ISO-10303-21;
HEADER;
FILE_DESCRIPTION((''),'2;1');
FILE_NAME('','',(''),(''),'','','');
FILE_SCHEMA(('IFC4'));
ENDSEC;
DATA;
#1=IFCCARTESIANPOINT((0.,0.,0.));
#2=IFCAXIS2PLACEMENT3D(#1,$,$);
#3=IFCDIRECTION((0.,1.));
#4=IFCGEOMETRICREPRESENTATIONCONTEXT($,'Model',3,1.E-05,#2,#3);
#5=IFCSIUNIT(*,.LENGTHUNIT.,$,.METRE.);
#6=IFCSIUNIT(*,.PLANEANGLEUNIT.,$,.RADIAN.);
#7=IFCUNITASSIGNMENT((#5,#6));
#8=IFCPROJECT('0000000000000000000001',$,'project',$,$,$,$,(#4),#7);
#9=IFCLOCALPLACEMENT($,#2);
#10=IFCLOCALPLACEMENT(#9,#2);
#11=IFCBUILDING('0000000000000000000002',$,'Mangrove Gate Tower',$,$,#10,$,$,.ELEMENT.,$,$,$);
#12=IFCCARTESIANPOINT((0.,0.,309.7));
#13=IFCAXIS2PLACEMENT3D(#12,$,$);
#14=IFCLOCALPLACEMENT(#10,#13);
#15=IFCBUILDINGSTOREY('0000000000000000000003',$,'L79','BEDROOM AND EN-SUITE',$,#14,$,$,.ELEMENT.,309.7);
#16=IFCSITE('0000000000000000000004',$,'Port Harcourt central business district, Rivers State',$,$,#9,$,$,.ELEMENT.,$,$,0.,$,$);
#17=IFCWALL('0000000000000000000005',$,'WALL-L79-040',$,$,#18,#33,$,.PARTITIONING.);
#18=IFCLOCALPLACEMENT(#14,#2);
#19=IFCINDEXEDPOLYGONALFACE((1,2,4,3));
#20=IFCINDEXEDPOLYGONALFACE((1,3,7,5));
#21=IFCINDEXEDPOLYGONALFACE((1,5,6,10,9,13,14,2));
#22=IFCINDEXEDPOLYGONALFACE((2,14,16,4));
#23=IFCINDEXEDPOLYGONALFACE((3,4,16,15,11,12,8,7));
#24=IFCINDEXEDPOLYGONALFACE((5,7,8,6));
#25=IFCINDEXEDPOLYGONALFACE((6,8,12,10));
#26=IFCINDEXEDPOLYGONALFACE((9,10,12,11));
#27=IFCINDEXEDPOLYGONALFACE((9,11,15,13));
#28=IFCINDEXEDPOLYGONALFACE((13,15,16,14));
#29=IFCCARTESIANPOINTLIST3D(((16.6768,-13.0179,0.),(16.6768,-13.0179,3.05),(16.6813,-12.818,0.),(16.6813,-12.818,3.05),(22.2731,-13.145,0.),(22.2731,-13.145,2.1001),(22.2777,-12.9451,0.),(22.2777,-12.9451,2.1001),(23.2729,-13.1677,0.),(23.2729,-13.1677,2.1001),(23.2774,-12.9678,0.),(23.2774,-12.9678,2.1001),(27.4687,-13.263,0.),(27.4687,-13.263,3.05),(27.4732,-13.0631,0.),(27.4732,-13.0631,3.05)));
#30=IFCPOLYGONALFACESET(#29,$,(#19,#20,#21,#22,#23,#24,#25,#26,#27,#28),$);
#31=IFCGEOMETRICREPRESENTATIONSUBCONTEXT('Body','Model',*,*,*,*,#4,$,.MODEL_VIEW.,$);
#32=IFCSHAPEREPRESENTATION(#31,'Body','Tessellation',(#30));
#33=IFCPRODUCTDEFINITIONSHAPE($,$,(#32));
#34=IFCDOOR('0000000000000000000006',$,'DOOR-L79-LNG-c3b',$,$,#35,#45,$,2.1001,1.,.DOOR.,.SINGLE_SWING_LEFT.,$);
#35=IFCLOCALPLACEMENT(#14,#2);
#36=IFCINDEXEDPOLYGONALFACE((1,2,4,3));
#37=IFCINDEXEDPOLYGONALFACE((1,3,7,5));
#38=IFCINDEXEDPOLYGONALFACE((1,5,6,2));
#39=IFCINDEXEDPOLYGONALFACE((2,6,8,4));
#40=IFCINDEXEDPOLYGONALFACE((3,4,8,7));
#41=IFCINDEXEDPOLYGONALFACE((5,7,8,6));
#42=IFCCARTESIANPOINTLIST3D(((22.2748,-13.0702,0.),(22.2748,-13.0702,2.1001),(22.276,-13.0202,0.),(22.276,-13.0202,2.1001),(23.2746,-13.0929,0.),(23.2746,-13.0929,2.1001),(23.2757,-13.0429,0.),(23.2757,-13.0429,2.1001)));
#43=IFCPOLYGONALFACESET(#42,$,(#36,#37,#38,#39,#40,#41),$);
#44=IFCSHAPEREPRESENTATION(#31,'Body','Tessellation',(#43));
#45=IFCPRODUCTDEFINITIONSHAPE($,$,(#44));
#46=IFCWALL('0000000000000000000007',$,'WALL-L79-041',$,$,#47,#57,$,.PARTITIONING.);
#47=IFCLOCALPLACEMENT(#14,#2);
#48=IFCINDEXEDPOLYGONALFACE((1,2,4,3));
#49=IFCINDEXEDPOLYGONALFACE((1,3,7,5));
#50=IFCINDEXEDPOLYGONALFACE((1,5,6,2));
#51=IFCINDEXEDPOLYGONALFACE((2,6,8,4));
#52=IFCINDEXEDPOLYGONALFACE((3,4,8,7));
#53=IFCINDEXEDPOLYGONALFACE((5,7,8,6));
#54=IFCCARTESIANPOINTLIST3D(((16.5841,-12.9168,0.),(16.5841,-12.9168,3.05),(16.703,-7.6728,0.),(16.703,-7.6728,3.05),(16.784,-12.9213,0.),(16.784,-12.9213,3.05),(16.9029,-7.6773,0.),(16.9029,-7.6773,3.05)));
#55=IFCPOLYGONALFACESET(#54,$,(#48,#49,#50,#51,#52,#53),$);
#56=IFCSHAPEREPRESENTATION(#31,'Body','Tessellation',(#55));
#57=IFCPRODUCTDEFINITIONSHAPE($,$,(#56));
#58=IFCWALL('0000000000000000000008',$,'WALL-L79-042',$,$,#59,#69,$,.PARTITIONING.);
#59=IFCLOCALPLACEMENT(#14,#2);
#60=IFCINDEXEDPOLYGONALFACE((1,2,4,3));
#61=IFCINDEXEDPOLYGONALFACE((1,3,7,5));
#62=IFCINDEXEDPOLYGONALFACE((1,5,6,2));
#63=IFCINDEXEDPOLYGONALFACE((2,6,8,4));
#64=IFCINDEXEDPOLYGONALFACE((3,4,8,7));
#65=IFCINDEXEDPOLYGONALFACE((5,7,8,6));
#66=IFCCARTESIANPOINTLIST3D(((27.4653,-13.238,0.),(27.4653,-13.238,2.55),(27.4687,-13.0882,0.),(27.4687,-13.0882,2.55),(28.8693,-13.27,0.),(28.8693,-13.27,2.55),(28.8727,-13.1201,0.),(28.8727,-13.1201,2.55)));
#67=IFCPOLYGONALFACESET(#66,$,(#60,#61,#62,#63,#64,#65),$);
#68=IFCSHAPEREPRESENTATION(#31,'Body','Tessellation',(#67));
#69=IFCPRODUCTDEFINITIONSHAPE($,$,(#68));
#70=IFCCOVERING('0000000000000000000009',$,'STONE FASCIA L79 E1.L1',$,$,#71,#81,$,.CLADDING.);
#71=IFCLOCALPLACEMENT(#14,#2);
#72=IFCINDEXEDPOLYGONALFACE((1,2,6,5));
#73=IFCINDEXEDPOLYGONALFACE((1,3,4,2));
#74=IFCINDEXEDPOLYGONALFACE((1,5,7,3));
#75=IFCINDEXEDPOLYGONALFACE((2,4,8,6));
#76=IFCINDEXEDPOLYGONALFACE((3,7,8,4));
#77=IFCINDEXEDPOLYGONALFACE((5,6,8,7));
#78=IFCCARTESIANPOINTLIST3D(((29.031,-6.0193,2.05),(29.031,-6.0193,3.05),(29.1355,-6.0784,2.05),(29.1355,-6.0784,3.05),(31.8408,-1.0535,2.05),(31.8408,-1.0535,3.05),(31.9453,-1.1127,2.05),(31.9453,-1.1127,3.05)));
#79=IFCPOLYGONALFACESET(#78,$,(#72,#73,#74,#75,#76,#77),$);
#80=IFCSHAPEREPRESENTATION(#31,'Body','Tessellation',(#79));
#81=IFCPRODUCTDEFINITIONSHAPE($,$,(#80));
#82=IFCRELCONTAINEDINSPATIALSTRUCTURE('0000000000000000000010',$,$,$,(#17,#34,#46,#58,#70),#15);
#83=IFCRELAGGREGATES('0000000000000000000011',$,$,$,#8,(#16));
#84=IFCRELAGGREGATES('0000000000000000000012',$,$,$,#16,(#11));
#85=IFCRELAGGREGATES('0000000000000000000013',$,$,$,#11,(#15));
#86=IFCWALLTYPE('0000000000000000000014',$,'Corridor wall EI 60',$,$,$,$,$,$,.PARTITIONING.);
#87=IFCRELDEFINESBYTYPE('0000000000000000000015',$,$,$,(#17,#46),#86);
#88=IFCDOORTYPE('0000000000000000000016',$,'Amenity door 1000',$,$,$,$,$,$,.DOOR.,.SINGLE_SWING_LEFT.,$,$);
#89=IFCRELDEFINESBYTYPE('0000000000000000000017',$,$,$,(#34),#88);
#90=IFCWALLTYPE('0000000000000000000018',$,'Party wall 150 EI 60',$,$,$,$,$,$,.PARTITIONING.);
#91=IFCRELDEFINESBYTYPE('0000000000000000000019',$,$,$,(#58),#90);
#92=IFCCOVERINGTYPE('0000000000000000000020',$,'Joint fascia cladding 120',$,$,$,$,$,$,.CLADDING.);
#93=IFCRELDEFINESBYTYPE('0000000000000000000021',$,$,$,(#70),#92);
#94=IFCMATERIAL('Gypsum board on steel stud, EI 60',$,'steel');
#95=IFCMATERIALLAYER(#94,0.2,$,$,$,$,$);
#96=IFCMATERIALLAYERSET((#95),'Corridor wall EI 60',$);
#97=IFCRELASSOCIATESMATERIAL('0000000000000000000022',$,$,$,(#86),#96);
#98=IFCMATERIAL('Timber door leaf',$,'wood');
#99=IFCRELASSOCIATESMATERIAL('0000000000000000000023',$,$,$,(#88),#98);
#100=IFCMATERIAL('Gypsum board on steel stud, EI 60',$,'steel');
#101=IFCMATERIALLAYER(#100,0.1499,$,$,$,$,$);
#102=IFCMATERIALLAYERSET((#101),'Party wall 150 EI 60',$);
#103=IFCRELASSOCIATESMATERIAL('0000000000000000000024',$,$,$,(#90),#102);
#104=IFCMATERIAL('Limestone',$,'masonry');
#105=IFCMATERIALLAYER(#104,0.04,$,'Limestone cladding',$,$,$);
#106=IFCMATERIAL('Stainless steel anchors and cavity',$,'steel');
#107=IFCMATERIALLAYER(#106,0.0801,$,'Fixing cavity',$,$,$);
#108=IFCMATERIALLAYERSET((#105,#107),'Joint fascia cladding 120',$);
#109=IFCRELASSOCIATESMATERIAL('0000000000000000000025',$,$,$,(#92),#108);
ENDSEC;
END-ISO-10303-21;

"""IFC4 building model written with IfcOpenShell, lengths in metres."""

from ifc_helpers import new_model, si_unit, direction, frame, frame_2d, origin, place, context, subcontext, project, spatial, rectangle, extrude, material, layer, layer_set, type_object, element, fill, save


model = new_model("IFC4")

# Units and contexts
model_context = context("Model", 3, precision=1e-05, world=origin(), true_north=direction((0.0, 1.0)))
body_context = subcontext(model_context, "Body", "Model", "MODEL_VIEW")
ifc_project = project(units=[si_unit("LENGTHUNIT", "METRE"), si_unit("PLANEANGLEUNIT", "RADIAN")], contexts=[model_context])

# Site, building, storey
site_placement = place(None, origin())
site = spatial("IfcSite", under=ifc_project, at=site_placement, Name="Port Harcourt central business district, Rivers State", CompositionType="ELEMENT", RefElevation=0.0)
building_placement = place(site_placement, origin())
building = spatial("IfcBuilding", under=site, at=building_placement, Name="Mangrove Gate Tower", CompositionType="ELEMENT")
storey_placement = place(building_placement, frame((0.0, 0.0, 309.7)))
storey = spatial("IfcBuildingStorey", under=building, at=storey_placement, Name="L79", Description="BEDROOM AND EN-SUITE", CompositionType="ELEMENT", Elevation=309.7)

# Shared definitions
ifc_material_1 = material(Name="Gypsum board on steel stud, EI 60", Category="steel")
ifc_layer_1 = layer(ifc_material_1, 0.2)
ifc_layer_set_1 = layer_set([ifc_layer_1], Name="Corridor wall EI 60")
wall_type_1 = type_object("IfcWallType", Name="Corridor wall EI 60", PredefinedType="PARTITIONING", material=ifc_layer_set_1)

# Wall, opening, door
wall_1_placement = place(storey_placement, frame((16.679, -12.918, 0.0), z_axis=(0.0, 0.0, 1.0), x_axis=(0.999742, -0.022707, 0.0)))
wall_1 = element("IfcWall", 1, at=wall_1_placement, inside=storey, type_object=wall_type_1, Name="WALL-L79-040", PredefinedType="PARTITIONING", context=body_context, shape_type="SweptSolid", body=[
    extrude(rectangle(XDim=10.7947, YDim=0.2, at=frame_2d((5.3975, 0.0))), origin(), (0.0, 0.0, 1.0), 3.05),
])
opening_placement = place(wall_1_placement, frame((5.5979, 0.0, 0.0)))
opening = element("IfcOpeningElement", 2, at=opening_placement, cuts=wall_1, PredefinedType="OPENING", context=body_context, shape_type="SweptSolid", body=[
    extrude(rectangle(XDim=1.0, YDim=2.1001, at=frame_2d((0.5, 1.05))), frame((0.0, 0.1099, 0.0), z_axis=(0.0, -1.0, 0.0), x_axis=(1.0, 0.0, 0.0)), (0.0, 0.0, 1.0), 0.22),
])
ifc_material_2 = material(Name="Timber door leaf", Category="wood")
door_type = type_object("IfcDoorType", Name="Amenity door 1000", OperationType="SINGLE_SWING_LEFT", PredefinedType="DOOR", material=ifc_material_2)
door_placement = place(opening_placement, origin())
door = element("IfcDoor", 3, at=door_placement, inside=storey, type_object=door_type, Name="DOOR-L79-LNG-c3b", OperationType="SINGLE_SWING_LEFT", OverallHeight=2.1001, OverallWidth=1.0, PredefinedType="DOOR", context=body_context, shape_type="SweptSolid", body=[
    extrude(rectangle(XDim=1.0, YDim=2.1001, at=frame_2d((0.5, 1.05))), frame((0.0, 0.0249, 0.0), z_axis=(0.0, -1.0, 0.0), x_axis=(1.0, 0.0, 0.0)), (0.0, 0.0, 1.0), 0.05),
])
fill(opening, door)

# Walls
wall_2_placement = place(storey_placement, frame((16.6841, -12.9189, 0.0), z_axis=(0.0, 0.0, 1.0), x_axis=(0.022667, 0.999743, 0.0)))
element("IfcWall", 4, at=wall_2_placement, inside=storey, type_object=wall_type_1, Name="WALL-L79-041", PredefinedType="PARTITIONING", context=body_context, shape_type="SweptSolid", body=[
    extrude(rectangle(XDim=5.2454, YDim=0.2, at=frame_2d((2.6226, 0.0))), origin(), (0.0, 0.0, 1.0), 3.05),
])
ifc_material_3 = material(Name="Gypsum board on steel stud, EI 60", Category="steel")
ifc_layer_2 = layer(ifc_material_3, 0.1499)
ifc_layer_set_2 = layer_set([ifc_layer_2], Name="Party wall 150 EI 60")
wall_type_2 = type_object("IfcWallType", Name="Party wall 150 EI 60", PredefinedType="PARTITIONING", material=ifc_layer_set_2)
wall_3_placement = place(storey_placement, frame((27.467, -13.1631, 0.0), z_axis=(0.0, 0.0, 1.0), x_axis=(0.999741, -0.022773, 0.0)))
element("IfcWall", 5, at=wall_3_placement, inside=storey, type_object=wall_type_2, Name="WALL-L79-042", PredefinedType="PARTITIONING", context=body_context, shape_type="SweptSolid", body=[
    extrude(rectangle(XDim=1.4043, YDim=0.1499, at=frame_2d((0.7021, 0.0))), origin(), (0.0, 0.0, 1.0), 2.55),
])

# Covering
ifc_material_4 = material(Name="Limestone", Category="masonry")
ifc_layer_3 = layer(ifc_material_4, 0.04, Name="Limestone cladding")
ifc_material_5 = material(Name="Stainless steel anchors and cavity", Category="steel")
ifc_layer_4 = layer(ifc_material_5, 0.0801, Name="Fixing cavity")
ifc_layer_set_3 = layer_set([ifc_layer_3, ifc_layer_4], Name="Joint fascia cladding 120")
covering_type = type_object("IfcCoveringType", Name="Joint fascia cladding 120", PredefinedType="CLADDING", material=ifc_layer_set_3)
covering_placement = place(storey_placement, frame((29.0833, -6.0488, 2.05), z_axis=(0.0, 0.0, 1.0), x_axis=(0.492462, 0.870334, 0.0)))
element("IfcCovering", 6, at=covering_placement, inside=storey, type_object=covering_type, Name="STONE FASCIA L79 E1.L1", PredefinedType="CLADDING", context=body_context, shape_type="SweptSolid", body=[
    extrude(rectangle(XDim=5.7056, YDim=0.1201, at=frame_2d((2.8528, 0.0))), origin(), (0.0, 0.0, 1.0), 1.0),
])

save(model, "model.ifc")
